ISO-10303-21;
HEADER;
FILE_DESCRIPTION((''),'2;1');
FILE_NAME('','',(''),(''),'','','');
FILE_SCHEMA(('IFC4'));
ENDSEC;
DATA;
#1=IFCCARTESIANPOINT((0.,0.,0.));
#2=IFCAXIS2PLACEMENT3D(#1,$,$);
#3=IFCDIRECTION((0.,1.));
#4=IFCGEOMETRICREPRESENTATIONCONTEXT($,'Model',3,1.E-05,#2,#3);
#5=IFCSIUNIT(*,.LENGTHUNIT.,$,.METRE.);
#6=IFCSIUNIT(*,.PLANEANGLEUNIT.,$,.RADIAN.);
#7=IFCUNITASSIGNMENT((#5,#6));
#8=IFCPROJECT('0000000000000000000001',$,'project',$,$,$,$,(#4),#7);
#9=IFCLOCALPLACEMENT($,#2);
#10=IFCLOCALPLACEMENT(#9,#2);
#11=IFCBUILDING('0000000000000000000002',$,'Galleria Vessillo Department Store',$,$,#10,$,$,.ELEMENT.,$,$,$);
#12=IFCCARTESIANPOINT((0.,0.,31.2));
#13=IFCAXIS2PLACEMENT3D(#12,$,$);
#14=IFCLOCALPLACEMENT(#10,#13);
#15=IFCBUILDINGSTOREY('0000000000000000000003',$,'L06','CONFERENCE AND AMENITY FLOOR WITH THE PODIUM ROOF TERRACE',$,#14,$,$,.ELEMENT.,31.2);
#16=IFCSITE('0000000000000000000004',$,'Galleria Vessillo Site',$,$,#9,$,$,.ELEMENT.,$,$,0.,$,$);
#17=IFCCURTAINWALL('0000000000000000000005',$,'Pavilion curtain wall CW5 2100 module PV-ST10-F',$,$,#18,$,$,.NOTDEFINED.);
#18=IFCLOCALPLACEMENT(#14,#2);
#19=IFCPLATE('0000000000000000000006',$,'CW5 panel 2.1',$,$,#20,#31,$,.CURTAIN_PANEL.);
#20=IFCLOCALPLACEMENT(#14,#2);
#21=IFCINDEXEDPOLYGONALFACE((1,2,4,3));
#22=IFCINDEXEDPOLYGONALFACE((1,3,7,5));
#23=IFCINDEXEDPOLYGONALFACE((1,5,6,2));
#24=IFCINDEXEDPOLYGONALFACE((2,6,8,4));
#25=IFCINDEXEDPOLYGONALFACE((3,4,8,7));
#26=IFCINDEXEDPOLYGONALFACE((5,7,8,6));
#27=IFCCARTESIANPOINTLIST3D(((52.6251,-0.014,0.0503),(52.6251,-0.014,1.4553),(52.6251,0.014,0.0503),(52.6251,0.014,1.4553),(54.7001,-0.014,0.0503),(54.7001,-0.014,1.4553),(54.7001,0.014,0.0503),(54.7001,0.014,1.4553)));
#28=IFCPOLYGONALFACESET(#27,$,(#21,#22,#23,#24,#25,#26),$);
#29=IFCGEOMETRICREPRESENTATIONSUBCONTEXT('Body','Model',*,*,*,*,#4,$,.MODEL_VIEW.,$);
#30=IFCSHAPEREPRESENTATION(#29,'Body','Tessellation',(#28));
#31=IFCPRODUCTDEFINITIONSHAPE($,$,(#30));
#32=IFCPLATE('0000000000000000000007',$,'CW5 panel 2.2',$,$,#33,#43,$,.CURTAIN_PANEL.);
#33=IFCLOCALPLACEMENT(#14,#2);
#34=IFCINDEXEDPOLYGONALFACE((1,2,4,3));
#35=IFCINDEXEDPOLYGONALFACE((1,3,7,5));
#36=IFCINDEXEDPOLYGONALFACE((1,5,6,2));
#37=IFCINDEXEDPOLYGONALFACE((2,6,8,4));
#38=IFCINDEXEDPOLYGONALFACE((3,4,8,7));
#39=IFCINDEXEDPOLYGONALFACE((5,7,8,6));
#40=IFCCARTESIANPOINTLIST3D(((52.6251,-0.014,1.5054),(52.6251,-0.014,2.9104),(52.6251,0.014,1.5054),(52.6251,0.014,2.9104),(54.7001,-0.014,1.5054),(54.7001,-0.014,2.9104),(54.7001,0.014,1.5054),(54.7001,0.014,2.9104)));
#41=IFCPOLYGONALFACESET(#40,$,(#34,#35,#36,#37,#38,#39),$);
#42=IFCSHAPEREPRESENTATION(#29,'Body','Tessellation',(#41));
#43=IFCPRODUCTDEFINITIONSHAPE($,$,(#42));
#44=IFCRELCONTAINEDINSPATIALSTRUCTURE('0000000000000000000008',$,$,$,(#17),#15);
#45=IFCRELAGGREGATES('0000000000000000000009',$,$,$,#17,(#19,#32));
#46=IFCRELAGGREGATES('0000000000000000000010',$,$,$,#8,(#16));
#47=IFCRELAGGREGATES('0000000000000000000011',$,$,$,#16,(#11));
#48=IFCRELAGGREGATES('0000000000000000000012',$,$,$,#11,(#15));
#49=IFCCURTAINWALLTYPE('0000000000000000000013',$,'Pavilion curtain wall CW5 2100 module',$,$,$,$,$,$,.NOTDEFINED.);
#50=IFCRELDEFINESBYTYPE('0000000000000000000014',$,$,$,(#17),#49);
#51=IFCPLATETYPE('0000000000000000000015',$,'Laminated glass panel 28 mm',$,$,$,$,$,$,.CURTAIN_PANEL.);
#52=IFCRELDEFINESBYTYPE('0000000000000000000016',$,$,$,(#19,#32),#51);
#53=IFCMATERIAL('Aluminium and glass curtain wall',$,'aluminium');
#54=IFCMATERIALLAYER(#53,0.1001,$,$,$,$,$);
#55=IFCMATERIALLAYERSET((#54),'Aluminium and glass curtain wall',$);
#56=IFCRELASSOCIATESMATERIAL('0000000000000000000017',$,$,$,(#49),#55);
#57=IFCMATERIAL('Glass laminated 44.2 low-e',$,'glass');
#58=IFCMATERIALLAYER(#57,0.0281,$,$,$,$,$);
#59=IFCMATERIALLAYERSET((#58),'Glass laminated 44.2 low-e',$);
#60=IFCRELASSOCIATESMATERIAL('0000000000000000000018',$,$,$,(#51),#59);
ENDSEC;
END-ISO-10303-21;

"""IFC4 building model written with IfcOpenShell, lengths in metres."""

from ifc_helpers import new_model, si_unit, direction, frame, origin, origin_2d, place, context, subcontext, project, spatial, rectangle, extrude, material, layer, layer_set, type_object, element, aggregate, save


model = new_model("IFC4")

# Units and contexts
model_context = context("Model", 3, precision=1e-05, world=origin(), true_north=direction((0.0, 1.0)))
body_context = subcontext(model_context, "Body", "Model", "MODEL_VIEW")
ifc_project = project(units=[si_unit("LENGTHUNIT", "METRE"), si_unit("PLANEANGLEUNIT", "RADIAN")], contexts=[model_context])

# Site, building, storey
site_placement = place(None, origin())
site = spatial("IfcSite", under=ifc_project, at=site_placement, Name="Galleria Vessillo Site", CompositionType="ELEMENT", RefElevation=0.0)
building_placement = place(site_placement, origin())
building = spatial("IfcBuilding", under=site, at=building_placement, Name="Galleria Vessillo Department Store", CompositionType="ELEMENT")
storey_placement = place(building_placement, frame((0.0, 0.0, 31.2)))
storey = spatial("IfcBuildingStorey", under=building, at=storey_placement, Name="L06", Description="CONFERENCE AND AMENITY FLOOR WITH THE PODIUM ROOF TERRACE", CompositionType="ELEMENT", Elevation=31.2)

# Curtain wall
ifc_material_1 = material(Name="Aluminium and glass curtain wall", Category="aluminium")
ifc_layer_1 = layer(ifc_material_1, 0.1001)
ifc_layer_set_1 = layer_set([ifc_layer_1], Name="Aluminium and glass curtain wall")
curtain_wall_type = type_object("IfcCurtainWallType", Name="Pavilion curtain wall CW5 2100 module", PredefinedType="NOTDEFINED", material=ifc_layer_set_1)
curtain_wall_1_placement = place(storey_placement, origin())
curtain_wall_1 = element("IfcCurtainWall", 1, at=curtain_wall_1_placement, inside=storey, type_object=curtain_wall_type, Name="Pavilion curtain wall CW5 2100 module PV-ST10-F", PredefinedType="NOTDEFINED")

# Plates
ifc_material_2 = material(Name="Glass laminated 44.2 low-e", Category="glass")
ifc_layer_2 = layer(ifc_material_2, 0.0281)
ifc_layer_set_2 = layer_set([ifc_layer_2], Name="Glass laminated 44.2 low-e")
plate_type = type_object("IfcPlateType", Name="Laminated glass panel 28 mm", PredefinedType="CURTAIN_PANEL", material=ifc_layer_set_2)
plate_1_placement = place(storey_placement, frame((53.6626, 0.0, 0.0503), z_axis=(0.0, 0.0, 1.0), x_axis=(1.0, 0.0, 0.0)))
plate_1 = element("IfcPlate", 2, at=plate_1_placement, type_object=plate_type, Name="CW5 panel 2.1", PredefinedType="CURTAIN_PANEL", context=body_context, shape_type="SweptSolid", body=[
    extrude(rectangle(XDim=2.075, YDim=0.0281, at=origin_2d()), origin(), (0.0, 0.0, 1.0), 1.405),
])
plate_2_placement = place(storey_placement, frame((53.6626, 0.0, 1.5054), z_axis=(0.0, 0.0, 1.0), x_axis=(1.0, 0.0, 0.0)))
plate_2 = element("IfcPlate", 3, at=plate_2_placement, type_object=plate_type, Name="CW5 panel 2.2", PredefinedType="CURTAIN_PANEL", context=body_context, shape_type="SweptSolid", body=[
    extrude(rectangle(XDim=2.075, YDim=0.0281, at=origin_2d()), origin(), (0.0, 0.0, 1.0), 1.405),
])
aggregate(curtain_wall_1, [plate_1, plate_2])

save(model, "model.ifc")
